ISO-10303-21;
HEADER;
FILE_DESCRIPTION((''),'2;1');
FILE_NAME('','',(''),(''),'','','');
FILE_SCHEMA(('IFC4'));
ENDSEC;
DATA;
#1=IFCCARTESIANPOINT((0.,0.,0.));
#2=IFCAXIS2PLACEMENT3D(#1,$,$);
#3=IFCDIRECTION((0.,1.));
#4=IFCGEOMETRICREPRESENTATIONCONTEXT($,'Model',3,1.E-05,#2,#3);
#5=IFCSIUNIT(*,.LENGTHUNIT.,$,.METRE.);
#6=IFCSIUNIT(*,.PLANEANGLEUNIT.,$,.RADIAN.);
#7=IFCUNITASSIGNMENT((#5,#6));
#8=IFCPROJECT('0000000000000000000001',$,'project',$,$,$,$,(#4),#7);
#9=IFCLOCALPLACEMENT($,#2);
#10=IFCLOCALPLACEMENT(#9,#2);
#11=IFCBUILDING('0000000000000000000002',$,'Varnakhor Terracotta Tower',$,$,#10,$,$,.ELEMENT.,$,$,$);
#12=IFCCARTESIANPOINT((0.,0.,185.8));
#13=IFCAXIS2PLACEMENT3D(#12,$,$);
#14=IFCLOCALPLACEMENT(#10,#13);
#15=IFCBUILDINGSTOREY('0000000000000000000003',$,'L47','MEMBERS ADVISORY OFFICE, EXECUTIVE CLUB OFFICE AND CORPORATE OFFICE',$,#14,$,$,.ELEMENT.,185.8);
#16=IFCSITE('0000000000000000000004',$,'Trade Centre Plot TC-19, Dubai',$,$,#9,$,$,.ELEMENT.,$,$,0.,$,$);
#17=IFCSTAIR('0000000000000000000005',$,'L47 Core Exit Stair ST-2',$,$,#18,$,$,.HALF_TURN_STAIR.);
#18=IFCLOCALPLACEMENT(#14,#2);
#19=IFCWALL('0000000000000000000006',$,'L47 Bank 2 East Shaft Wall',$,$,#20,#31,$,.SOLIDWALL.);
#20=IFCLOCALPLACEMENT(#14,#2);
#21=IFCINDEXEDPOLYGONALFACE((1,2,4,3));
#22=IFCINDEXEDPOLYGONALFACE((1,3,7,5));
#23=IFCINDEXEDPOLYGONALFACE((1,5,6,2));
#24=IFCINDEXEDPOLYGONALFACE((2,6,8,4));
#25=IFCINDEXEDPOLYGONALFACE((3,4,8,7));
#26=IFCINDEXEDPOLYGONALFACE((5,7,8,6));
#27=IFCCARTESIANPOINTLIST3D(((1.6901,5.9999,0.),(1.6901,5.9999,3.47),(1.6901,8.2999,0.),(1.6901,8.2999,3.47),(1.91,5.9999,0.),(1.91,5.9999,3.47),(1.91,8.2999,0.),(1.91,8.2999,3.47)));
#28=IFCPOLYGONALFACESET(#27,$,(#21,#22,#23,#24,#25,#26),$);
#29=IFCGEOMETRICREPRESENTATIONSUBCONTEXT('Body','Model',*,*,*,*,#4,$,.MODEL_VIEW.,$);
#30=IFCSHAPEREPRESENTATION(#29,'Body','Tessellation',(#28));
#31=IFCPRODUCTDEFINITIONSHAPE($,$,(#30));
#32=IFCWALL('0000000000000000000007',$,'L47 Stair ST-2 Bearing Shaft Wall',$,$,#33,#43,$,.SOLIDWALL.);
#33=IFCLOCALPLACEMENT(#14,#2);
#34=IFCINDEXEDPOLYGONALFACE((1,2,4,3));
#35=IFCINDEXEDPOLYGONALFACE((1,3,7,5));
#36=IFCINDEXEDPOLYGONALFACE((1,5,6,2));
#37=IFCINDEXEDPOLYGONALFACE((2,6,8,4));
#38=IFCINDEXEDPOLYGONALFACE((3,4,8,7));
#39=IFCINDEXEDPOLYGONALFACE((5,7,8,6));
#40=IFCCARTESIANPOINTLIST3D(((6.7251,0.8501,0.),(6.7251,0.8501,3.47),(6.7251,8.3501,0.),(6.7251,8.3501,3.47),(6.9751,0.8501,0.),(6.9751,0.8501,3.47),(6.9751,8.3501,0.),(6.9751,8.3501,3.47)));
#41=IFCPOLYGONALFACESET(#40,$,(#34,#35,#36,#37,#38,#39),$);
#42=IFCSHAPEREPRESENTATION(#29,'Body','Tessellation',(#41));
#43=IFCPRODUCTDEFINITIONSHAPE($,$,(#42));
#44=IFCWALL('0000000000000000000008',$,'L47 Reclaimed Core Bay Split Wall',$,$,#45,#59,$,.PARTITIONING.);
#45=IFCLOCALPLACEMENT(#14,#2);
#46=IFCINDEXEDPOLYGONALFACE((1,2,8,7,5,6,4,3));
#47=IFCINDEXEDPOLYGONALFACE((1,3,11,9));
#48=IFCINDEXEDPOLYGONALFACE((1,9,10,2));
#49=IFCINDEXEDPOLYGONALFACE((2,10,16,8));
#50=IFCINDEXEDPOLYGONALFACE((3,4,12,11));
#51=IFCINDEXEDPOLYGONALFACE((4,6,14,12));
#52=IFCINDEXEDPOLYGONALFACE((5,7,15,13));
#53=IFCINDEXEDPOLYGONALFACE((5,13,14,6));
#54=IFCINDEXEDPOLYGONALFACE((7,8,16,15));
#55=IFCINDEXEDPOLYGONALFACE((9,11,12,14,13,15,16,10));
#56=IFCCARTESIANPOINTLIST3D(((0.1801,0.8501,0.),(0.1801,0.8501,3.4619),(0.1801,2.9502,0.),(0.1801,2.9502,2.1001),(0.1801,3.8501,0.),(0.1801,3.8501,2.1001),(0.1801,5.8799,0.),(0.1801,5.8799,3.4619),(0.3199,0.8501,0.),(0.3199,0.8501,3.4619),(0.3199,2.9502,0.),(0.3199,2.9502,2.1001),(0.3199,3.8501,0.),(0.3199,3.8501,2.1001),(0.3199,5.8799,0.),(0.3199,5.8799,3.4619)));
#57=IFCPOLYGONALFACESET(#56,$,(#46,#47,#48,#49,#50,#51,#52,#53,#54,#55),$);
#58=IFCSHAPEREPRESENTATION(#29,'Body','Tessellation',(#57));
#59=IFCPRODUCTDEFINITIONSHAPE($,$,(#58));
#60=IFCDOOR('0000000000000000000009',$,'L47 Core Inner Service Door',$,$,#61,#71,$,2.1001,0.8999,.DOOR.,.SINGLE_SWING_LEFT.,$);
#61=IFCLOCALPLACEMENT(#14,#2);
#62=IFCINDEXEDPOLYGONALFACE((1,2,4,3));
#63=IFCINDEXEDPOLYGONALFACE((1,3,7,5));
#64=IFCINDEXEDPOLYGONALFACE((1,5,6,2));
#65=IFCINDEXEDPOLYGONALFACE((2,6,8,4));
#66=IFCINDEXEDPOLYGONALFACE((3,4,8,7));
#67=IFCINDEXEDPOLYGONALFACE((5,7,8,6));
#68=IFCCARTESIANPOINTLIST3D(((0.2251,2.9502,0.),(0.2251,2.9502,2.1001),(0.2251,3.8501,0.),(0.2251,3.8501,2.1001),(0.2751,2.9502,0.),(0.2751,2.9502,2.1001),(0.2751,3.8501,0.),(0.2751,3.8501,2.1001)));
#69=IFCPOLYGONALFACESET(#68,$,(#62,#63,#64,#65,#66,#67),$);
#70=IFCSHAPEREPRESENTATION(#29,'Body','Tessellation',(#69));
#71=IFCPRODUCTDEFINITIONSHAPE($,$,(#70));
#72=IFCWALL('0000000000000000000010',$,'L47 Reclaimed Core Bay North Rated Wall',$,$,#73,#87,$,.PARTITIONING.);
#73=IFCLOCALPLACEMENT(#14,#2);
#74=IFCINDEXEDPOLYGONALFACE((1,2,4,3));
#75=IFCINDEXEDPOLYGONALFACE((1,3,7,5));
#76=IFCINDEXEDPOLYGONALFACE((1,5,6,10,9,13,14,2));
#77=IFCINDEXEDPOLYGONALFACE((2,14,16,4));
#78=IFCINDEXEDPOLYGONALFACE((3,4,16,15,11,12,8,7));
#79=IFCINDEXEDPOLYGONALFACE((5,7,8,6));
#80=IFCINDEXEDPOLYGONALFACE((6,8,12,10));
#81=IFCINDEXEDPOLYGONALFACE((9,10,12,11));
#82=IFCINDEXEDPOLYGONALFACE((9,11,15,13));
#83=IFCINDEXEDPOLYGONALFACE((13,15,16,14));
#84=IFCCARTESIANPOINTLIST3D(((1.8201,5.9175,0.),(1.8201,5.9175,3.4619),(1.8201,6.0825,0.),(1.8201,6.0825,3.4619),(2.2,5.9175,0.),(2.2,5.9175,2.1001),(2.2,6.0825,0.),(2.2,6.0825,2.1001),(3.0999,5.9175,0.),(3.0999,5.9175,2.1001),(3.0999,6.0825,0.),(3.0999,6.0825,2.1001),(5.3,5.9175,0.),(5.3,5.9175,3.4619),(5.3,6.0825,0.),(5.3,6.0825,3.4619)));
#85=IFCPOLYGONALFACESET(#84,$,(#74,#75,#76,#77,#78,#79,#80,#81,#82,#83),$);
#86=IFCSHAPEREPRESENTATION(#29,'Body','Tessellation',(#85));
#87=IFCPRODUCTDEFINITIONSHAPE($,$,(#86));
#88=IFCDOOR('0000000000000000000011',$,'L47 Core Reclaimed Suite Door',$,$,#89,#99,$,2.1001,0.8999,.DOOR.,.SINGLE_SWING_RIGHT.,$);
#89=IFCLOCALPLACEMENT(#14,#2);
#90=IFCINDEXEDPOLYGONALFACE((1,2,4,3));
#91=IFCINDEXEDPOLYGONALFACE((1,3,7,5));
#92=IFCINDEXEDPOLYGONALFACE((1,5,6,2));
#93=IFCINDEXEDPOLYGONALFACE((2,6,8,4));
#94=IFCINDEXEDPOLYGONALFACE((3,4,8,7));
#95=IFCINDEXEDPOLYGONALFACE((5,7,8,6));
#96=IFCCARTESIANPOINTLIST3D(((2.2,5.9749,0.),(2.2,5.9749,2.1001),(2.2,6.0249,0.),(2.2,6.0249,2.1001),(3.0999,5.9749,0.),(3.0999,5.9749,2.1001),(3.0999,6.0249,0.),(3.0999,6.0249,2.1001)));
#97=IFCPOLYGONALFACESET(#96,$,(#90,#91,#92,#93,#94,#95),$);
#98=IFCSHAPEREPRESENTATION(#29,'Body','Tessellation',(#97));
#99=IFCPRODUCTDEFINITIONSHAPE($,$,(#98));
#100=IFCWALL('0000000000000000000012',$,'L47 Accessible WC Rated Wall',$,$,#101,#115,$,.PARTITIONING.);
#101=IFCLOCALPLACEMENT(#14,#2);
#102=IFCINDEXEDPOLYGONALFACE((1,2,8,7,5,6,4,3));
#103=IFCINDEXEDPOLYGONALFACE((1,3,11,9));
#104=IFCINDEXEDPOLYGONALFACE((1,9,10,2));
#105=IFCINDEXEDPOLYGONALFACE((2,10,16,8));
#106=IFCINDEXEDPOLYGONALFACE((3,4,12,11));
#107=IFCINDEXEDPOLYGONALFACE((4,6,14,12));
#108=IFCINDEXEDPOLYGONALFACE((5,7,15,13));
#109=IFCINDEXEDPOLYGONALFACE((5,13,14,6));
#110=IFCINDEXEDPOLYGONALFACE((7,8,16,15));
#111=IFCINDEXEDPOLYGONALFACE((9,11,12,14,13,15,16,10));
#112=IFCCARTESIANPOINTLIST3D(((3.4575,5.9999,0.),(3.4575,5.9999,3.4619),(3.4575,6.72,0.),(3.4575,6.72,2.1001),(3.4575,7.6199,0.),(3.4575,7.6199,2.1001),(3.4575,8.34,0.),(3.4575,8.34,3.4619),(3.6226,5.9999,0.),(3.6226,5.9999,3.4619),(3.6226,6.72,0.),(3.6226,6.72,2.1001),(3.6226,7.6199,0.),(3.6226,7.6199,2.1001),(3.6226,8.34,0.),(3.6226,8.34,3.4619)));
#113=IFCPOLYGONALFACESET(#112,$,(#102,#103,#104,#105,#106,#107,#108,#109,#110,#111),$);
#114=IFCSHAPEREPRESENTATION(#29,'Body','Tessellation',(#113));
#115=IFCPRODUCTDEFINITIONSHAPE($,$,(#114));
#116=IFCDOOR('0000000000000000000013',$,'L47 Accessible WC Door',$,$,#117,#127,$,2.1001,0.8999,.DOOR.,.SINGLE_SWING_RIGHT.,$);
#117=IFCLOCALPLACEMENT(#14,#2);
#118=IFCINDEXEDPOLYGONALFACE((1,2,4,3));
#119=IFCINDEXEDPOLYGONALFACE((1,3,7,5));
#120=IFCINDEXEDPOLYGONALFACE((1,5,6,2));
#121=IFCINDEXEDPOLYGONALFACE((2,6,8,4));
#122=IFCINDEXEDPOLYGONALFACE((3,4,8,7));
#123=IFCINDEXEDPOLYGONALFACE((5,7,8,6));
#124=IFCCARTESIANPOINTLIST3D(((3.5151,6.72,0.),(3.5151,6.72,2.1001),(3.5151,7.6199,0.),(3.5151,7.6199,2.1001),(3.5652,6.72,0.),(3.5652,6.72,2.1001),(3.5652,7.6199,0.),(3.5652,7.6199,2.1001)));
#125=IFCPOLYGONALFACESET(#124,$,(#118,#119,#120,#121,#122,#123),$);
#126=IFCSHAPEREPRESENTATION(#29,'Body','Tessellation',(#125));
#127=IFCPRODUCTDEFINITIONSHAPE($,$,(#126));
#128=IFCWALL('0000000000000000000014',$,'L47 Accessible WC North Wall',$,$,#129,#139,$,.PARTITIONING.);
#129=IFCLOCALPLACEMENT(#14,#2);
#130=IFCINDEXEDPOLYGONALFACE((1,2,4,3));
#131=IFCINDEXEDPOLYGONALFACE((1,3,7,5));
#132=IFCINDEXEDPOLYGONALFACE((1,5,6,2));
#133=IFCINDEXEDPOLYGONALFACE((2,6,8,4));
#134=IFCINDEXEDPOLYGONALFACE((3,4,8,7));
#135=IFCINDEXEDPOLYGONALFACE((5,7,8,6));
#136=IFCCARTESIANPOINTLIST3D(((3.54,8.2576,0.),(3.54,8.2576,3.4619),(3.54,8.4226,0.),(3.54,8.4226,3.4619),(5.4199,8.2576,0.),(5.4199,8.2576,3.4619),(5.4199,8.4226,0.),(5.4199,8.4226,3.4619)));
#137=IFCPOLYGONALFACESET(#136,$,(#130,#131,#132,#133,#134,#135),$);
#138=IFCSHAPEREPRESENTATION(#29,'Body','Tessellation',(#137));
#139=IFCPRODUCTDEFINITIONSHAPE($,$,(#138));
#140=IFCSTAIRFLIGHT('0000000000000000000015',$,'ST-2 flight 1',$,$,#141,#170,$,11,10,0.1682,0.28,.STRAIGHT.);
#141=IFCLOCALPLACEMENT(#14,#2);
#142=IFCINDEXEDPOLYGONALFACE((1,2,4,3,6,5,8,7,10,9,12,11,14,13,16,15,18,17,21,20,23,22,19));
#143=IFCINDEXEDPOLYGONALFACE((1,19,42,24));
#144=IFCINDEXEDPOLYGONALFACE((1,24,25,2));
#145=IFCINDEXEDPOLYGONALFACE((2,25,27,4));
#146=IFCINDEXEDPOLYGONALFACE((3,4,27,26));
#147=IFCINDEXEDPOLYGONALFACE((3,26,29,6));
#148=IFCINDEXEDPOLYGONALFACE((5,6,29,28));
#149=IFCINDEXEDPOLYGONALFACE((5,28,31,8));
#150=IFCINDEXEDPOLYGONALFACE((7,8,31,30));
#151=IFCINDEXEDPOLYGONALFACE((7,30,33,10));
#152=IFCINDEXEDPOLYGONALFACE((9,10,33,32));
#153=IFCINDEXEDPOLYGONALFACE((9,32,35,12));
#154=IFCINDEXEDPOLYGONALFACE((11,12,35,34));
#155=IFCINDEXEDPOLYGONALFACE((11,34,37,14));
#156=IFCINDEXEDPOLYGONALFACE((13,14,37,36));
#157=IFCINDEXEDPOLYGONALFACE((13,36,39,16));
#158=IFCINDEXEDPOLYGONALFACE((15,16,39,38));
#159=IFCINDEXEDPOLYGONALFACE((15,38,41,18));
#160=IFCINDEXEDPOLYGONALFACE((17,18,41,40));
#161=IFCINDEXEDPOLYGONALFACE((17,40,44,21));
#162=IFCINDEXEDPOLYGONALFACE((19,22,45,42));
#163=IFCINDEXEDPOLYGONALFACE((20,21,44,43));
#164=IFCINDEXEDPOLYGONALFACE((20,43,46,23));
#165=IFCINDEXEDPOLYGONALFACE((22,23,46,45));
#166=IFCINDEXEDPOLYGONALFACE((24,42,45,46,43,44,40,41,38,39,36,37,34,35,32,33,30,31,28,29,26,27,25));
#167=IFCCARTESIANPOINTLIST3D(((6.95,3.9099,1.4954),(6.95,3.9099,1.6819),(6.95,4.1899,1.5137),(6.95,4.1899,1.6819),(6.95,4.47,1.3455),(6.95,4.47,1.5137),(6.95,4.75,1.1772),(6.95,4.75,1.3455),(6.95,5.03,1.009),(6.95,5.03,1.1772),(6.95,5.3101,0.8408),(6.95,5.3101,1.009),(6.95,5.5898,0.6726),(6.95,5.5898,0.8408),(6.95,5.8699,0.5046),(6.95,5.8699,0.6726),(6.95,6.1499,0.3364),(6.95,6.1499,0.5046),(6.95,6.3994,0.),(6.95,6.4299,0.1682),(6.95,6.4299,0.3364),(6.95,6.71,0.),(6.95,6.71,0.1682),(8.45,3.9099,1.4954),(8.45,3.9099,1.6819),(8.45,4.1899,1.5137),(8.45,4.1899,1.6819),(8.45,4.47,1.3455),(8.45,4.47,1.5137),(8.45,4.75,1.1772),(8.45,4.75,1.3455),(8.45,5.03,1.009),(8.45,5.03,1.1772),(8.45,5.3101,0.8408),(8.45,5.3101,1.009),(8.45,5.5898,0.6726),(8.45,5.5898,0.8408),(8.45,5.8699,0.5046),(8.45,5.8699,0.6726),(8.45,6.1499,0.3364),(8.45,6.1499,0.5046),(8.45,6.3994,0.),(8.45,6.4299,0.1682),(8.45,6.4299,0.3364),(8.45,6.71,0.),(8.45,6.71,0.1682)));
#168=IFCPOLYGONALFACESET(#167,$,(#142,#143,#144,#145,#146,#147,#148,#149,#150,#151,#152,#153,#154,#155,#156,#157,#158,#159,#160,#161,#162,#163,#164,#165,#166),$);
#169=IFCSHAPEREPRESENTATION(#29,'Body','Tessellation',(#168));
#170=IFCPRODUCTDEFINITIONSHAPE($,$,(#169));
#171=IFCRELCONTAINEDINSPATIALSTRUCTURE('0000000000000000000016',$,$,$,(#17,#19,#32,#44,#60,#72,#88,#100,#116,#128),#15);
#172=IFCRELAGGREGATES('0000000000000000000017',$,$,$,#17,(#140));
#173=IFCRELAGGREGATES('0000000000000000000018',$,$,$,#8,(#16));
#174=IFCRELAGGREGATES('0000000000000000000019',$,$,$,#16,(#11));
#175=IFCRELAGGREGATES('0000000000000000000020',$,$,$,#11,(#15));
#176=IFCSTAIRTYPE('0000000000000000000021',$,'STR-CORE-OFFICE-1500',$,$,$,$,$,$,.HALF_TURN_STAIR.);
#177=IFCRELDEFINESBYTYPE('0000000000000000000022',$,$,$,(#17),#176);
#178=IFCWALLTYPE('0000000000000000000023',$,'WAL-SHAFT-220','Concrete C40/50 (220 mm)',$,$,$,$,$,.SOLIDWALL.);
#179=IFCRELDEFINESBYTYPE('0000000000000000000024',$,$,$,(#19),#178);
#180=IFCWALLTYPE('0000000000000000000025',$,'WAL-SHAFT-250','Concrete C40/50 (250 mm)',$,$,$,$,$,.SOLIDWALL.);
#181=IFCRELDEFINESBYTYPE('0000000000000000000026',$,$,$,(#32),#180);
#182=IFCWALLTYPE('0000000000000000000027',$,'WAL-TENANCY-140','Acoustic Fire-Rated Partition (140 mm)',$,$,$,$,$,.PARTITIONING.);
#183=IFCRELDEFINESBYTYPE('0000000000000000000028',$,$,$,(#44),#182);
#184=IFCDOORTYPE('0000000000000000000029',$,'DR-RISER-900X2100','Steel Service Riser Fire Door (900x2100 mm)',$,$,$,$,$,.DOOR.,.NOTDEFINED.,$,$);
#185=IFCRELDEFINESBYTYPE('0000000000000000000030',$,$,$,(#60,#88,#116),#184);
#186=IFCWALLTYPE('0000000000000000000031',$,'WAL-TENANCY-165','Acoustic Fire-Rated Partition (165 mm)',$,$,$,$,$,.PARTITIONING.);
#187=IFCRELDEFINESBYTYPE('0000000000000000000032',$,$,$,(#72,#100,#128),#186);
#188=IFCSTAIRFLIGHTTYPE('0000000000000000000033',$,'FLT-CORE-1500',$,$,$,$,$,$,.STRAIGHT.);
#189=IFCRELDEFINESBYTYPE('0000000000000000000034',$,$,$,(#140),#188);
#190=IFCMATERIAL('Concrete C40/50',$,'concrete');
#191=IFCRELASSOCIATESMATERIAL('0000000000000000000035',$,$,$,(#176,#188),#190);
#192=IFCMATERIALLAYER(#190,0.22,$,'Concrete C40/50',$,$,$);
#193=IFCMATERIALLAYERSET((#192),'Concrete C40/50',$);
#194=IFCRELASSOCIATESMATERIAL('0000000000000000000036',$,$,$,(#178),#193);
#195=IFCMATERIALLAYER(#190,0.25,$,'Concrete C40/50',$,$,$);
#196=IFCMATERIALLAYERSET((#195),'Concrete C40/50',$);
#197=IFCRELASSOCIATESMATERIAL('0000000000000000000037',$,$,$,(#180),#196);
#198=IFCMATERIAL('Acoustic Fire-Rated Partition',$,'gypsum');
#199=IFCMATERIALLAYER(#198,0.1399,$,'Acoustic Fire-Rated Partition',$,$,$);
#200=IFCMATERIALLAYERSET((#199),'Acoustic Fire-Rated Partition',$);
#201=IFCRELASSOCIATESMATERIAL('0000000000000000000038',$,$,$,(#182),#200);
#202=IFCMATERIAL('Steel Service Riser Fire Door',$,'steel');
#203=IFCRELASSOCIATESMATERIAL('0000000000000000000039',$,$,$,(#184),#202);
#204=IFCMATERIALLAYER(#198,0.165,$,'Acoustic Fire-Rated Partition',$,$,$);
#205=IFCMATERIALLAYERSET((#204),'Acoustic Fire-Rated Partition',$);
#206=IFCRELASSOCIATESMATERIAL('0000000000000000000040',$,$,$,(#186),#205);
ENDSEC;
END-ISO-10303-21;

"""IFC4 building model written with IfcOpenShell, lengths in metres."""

from ifc_helpers import new_model, si_unit, direction, frame, frame_2d, origin, place, context, subcontext, project, spatial, polyline, rectangle, outline, extrude, source, transform, mapped, material, layer, layer_set, type_object, type_shapes, element, fill, aggregate, save


model = new_model("IFC4")

# Units and contexts
model_context = context("Model", 3, precision=1e-05, world=origin(), true_north=direction((0.0, 1.0)))
body_context = subcontext(model_context, "Body", "Model", "MODEL_VIEW")
ifc_project = project(units=[si_unit("LENGTHUNIT", "METRE"), si_unit("PLANEANGLEUNIT", "RADIAN")], contexts=[model_context])

# Site, building, storey
site_placement = place(None, origin())
site = spatial("IfcSite", under=ifc_project, at=site_placement, Name="Trade Centre Plot TC-19, Dubai", CompositionType="ELEMENT", RefElevation=0.0)
building_placement = place(site_placement, origin())
building = spatial("IfcBuilding", under=site, at=building_placement, Name="Varnakhor Terracotta Tower", CompositionType="ELEMENT")
storey_placement = place(building_placement, frame((0.0, 0.0, 185.8)))
storey = spatial("IfcBuildingStorey", under=building, at=storey_placement, Name="L47", Description="MEMBERS ADVISORY OFFICE, EXECUTIVE CLUB OFFICE AND CORPORATE OFFICE", CompositionType="ELEMENT", Elevation=185.8)

# Stair
ifc_material_1 = material(Name="Concrete C40/50", Category="concrete")
stair_type = type_object("IfcStairType", Name="STR-CORE-OFFICE-1500", PredefinedType="HALF_TURN_STAIR", material=ifc_material_1)
stair_1_placement = place(storey_placement, origin())
stair_1 = element("IfcStair", 1, at=stair_1_placement, inside=storey, type_object=stair_type, Name="L47 Core Exit Stair ST-2", PredefinedType="HALF_TURN_STAIR")

# Walls
ifc_layer_1 = layer(ifc_material_1, 0.22, Name="Concrete C40/50")
ifc_layer_set_1 = layer_set([ifc_layer_1], Name="Concrete C40/50")
wall_type_1 = type_object("IfcWallType", Name="WAL-SHAFT-220", Description="Concrete C40/50 (220 mm)", PredefinedType="SOLIDWALL", material=ifc_layer_set_1)
wall_1_placement = place(storey_placement, frame((1.8, 6.0, 0.0), z_axis=(0.0, 0.0, 1.0), x_axis=(0.0, 1.0, 0.0)))
element("IfcWall", 2, at=wall_1_placement, inside=storey, type_object=wall_type_1, Name="L47 Bank 2 East Shaft Wall", PredefinedType="SOLIDWALL", context=body_context, shape_type="SweptSolid", body=[
    extrude(rectangle(XDim=2.3, YDim=0.22, at=frame_2d((1.1499, 0.0))), origin(), (0.0, 0.0, 1.0), 3.47),
])
ifc_layer_2 = layer(ifc_material_1, 0.25, Name="Concrete C40/50")
ifc_layer_set_2 = layer_set([ifc_layer_2], Name="Concrete C40/50")
wall_type_2 = type_object("IfcWallType", Name="WAL-SHAFT-250", Description="Concrete C40/50 (250 mm)", PredefinedType="SOLIDWALL", material=ifc_layer_set_2)
wall_2_placement = place(storey_placement, frame((6.8501, 0.8501, 0.0), z_axis=(0.0, 0.0, 1.0), x_axis=(0.0, 1.0, 0.0)))
element("IfcWall", 3, at=wall_2_placement, inside=storey, type_object=wall_type_2, Name="L47 Stair ST-2 Bearing Shaft Wall", PredefinedType="SOLIDWALL", context=body_context, shape_type="SweptSolid", body=[
    extrude(rectangle(XDim=7.5, YDim=0.25, at=frame_2d((3.75, 0.0))), origin(), (0.0, 0.0, 1.0), 3.47),
])

# Walls, openings, doors
ifc_material_2 = material(Name="Acoustic Fire-Rated Partition", Category="gypsum")
ifc_layer_3 = layer(ifc_material_2, 0.1399, Name="Acoustic Fire-Rated Partition")
ifc_layer_set_3 = layer_set([ifc_layer_3], Name="Acoustic Fire-Rated Partition")
wall_type_3 = type_object("IfcWallType", Name="WAL-TENANCY-140", Description="Acoustic Fire-Rated Partition (140 mm)", PredefinedType="PARTITIONING", material=ifc_layer_set_3)
wall_3_placement = place(storey_placement, frame((0.25, 0.8501, 0.0), z_axis=(0.0, 0.0, 1.0), x_axis=(0.0, 1.0, 0.0)))
wall_3 = element("IfcWall", 4, at=wall_3_placement, inside=storey, type_object=wall_type_3, Name="L47 Reclaimed Core Bay Split Wall", PredefinedType="PARTITIONING", context=body_context, shape_type="SweptSolid", body=[
    extrude(rectangle(XDim=5.0298, YDim=0.1399, at=frame_2d((2.5149, 0.0))), origin(), (0.0, 0.0, 1.0), 3.4619),
])
opening_1_placement = place(wall_3_placement, frame((2.1001, 0.0, 0.0)))
opening_1 = element("IfcOpeningElement", 5, at=opening_1_placement, cuts=wall_3, PredefinedType="OPENING", context=body_context, shape_type="SweptSolid", body=[
    extrude(rectangle(XDim=0.8999, YDim=2.1001, at=frame_2d((0.45, 1.05))), frame((0.0, 0.0801, 0.0), z_axis=(0.0, -1.0, 0.0), x_axis=(1.0, 0.0, 0.0)), (0.0, 0.0, 1.0), 0.1599),
])
ifc_material_3 = material(Name="Steel Service Riser Fire Door", Category="steel")
door_type_1 = type_object("IfcDoorType", Name="DR-RISER-900X2100", Description="Steel Service Riser Fire Door (900x2100 mm)", OperationType="NOTDEFINED", PredefinedType="DOOR", material=ifc_material_3)
shared_shape_1 = source(origin(), body_context, "Body", "SweptSolid", [
    extrude(rectangle(XDim=0.8999, YDim=2.1001, at=frame_2d((0.45, 1.05))), frame((0.0, 0.0249, 0.0), z_axis=(0.0, -1.0, 0.0), x_axis=(1.0, 0.0, 0.0)), (0.0, 0.0, 1.0), 0.05),
])
type_shapes(door_type_1, [shared_shape_1])
door_1_placement = place(opening_1_placement, origin())
door_1 = element("IfcDoor", 6, at=door_1_placement, inside=storey, type_object=door_type_1, Name="L47 Core Inner Service Door", OperationType="SINGLE_SWING_LEFT", OverallHeight=2.1001, OverallWidth=0.8999, PredefinedType="DOOR", context=body_context, shape_type="MappedRepresentation", body=[
    mapped(shared_shape_1, transform((0.0, 0.0, 0.0), scale=1.0)),
])
fill(opening_1, door_1)
ifc_layer_4 = layer(ifc_material_2, 0.165, Name="Acoustic Fire-Rated Partition")
ifc_layer_set_4 = layer_set([ifc_layer_4], Name="Acoustic Fire-Rated Partition")
wall_type_4 = type_object("IfcWallType", Name="WAL-TENANCY-165", Description="Acoustic Fire-Rated Partition (165 mm)", PredefinedType="PARTITIONING", material=ifc_layer_set_4)
wall_4_placement = place(storey_placement, frame((1.8201, 6.0, 0.0), z_axis=(0.0, 0.0, 1.0), x_axis=(1.0, 0.0, 0.0)))
wall_4 = element("IfcWall", 7, at=wall_4_placement, inside=storey, type_object=wall_type_4, Name="L47 Reclaimed Core Bay North Rated Wall", PredefinedType="PARTITIONING", context=body_context, shape_type="SweptSolid", body=[
    extrude(rectangle(XDim=3.48, YDim=0.165, at=frame_2d((1.74, 0.0))), origin(), (0.0, 0.0, 1.0), 3.4619),
])
opening_2_placement = place(wall_4_placement, frame((0.3799, 0.0, 0.0)))
opening_2 = element("IfcOpeningElement", 8, at=opening_2_placement, cuts=wall_4, PredefinedType="OPENING", context=body_context, shape_type="SweptSolid", body=[
    extrude(rectangle(XDim=0.8999, YDim=2.1001, at=frame_2d((0.45, 1.05))), frame((0.0, 0.0925, 0.0), z_axis=(0.0, -1.0, 0.0), x_axis=(1.0, 0.0, 0.0)), (0.0, 0.0, 1.0), 0.1851),
])
door_2_placement = place(opening_2_placement, origin())
door_2 = element("IfcDoor", 9, at=door_2_placement, inside=storey, type_object=door_type_1, Name="L47 Core Reclaimed Suite Door", OperationType="SINGLE_SWING_RIGHT", OverallHeight=2.1001, OverallWidth=0.8999, PredefinedType="DOOR", context=body_context, shape_type="MappedRepresentation", body=[
    mapped(shared_shape_1, transform((0.0, 0.0, 0.0), scale=1.0)),
])
fill(opening_2, door_2)
wall_5_placement = place(storey_placement, frame((3.54, 6.0, 0.0), z_axis=(0.0, 0.0, 1.0), x_axis=(0.0, 1.0, 0.0)))
wall_5 = element("IfcWall", 10, at=wall_5_placement, inside=storey, type_object=wall_type_4, Name="L47 Accessible WC Rated Wall", PredefinedType="PARTITIONING", context=body_context, shape_type="SweptSolid", body=[
    extrude(rectangle(XDim=2.3401, YDim=0.165, at=frame_2d((1.1699, 0.0))), origin(), (0.0, 0.0, 1.0), 3.4619),
])
opening_3_placement = place(wall_5_placement, frame((0.72, 0.0, 0.0)))
opening_3 = element("IfcOpeningElement", 11, at=opening_3_placement, cuts=wall_5, PredefinedType="OPENING", context=body_context, shape_type="SweptSolid", body=[
    extrude(rectangle(XDim=0.8999, YDim=2.1001, at=frame_2d((0.45, 1.05))), frame((0.0, 0.0925, 0.0), z_axis=(0.0, -1.0, 0.0), x_axis=(1.0, 0.0, 0.0)), (0.0, 0.0, 1.0), 0.1851),
])
door_3_placement = place(opening_3_placement, origin())
door_3 = element("IfcDoor", 12, at=door_3_placement, inside=storey, type_object=door_type_1, Name="L47 Accessible WC Door", OperationType="SINGLE_SWING_RIGHT", OverallHeight=2.1001, OverallWidth=0.8999, PredefinedType="DOOR", context=body_context, shape_type="MappedRepresentation", body=[
    mapped(shared_shape_1, transform((0.0, 0.0, 0.0), scale=1.0)),
])
fill(opening_3, door_3)

# Wall
wall_6_placement = place(storey_placement, frame((3.54, 8.3401, 0.0), z_axis=(0.0, 0.0, 1.0), x_axis=(1.0, 0.0, 0.0)))
element("IfcWall", 13, at=wall_6_placement, inside=storey, type_object=wall_type_4, Name="L47 Accessible WC North Wall", PredefinedType="PARTITIONING", context=body_context, shape_type="SweptSolid", body=[
    extrude(rectangle(XDim=1.8799, YDim=0.165, at=frame_2d((0.9399, 0.0))), origin(), (0.0, 0.0, 1.0), 3.4619),
])

# Stair flight
stair_flight_type = type_object("IfcStairFlightType", Name="FLT-CORE-1500", PredefinedType="STRAIGHT", material=ifc_material_1)
stair_flight_placement = place(storey_placement, frame((7.7, 6.71, 0.0), z_axis=(0.0, 0.0, 1.0), x_axis=(0.0, -1.0, 0.0)))
stair_flight = element("IfcStairFlight", 14, at=stair_flight_placement, type_object=stair_flight_type, Name="ST-2 flight 1", NumberOfRisers=11, NumberOfTreads=10, PredefinedType="STRAIGHT", RiserHeight=0.1682, TreadLength=0.28, context=body_context, shape_type="SweptSolid", body=[
    extrude(outline(polyline([(0.0, 0.0), (0.0, 0.1682), (0.28, 0.1682), (0.28, 0.3364), (0.5601, 0.3364), (0.5601, 0.5046), (0.8401, 0.5046), (0.8401, 0.6726), (1.1201, 0.6726), (1.1201, 0.8408), (1.3999, 0.8408), (1.3999, 1.009), (1.6799, 1.009), (1.6799, 1.1772), (1.96, 1.1772), (1.96, 1.3455), (2.24, 1.3455), (2.24, 1.5137), (2.52, 1.5137), (2.52, 1.6819), (2.8, 1.6819), (2.8, 1.8501), (2.8, 1.4954), (0.3105, 0.0), (0.0, 0.0)])), frame((0.0, 0.75, 0.0), z_axis=(0.0, -1.0, 0.0), x_axis=(1.0, 0.0, 0.0)), (0.0, 0.0, 1.0), 1.5),
])
aggregate(stair_1, [stair_flight])

save(model, "model.ifc")
